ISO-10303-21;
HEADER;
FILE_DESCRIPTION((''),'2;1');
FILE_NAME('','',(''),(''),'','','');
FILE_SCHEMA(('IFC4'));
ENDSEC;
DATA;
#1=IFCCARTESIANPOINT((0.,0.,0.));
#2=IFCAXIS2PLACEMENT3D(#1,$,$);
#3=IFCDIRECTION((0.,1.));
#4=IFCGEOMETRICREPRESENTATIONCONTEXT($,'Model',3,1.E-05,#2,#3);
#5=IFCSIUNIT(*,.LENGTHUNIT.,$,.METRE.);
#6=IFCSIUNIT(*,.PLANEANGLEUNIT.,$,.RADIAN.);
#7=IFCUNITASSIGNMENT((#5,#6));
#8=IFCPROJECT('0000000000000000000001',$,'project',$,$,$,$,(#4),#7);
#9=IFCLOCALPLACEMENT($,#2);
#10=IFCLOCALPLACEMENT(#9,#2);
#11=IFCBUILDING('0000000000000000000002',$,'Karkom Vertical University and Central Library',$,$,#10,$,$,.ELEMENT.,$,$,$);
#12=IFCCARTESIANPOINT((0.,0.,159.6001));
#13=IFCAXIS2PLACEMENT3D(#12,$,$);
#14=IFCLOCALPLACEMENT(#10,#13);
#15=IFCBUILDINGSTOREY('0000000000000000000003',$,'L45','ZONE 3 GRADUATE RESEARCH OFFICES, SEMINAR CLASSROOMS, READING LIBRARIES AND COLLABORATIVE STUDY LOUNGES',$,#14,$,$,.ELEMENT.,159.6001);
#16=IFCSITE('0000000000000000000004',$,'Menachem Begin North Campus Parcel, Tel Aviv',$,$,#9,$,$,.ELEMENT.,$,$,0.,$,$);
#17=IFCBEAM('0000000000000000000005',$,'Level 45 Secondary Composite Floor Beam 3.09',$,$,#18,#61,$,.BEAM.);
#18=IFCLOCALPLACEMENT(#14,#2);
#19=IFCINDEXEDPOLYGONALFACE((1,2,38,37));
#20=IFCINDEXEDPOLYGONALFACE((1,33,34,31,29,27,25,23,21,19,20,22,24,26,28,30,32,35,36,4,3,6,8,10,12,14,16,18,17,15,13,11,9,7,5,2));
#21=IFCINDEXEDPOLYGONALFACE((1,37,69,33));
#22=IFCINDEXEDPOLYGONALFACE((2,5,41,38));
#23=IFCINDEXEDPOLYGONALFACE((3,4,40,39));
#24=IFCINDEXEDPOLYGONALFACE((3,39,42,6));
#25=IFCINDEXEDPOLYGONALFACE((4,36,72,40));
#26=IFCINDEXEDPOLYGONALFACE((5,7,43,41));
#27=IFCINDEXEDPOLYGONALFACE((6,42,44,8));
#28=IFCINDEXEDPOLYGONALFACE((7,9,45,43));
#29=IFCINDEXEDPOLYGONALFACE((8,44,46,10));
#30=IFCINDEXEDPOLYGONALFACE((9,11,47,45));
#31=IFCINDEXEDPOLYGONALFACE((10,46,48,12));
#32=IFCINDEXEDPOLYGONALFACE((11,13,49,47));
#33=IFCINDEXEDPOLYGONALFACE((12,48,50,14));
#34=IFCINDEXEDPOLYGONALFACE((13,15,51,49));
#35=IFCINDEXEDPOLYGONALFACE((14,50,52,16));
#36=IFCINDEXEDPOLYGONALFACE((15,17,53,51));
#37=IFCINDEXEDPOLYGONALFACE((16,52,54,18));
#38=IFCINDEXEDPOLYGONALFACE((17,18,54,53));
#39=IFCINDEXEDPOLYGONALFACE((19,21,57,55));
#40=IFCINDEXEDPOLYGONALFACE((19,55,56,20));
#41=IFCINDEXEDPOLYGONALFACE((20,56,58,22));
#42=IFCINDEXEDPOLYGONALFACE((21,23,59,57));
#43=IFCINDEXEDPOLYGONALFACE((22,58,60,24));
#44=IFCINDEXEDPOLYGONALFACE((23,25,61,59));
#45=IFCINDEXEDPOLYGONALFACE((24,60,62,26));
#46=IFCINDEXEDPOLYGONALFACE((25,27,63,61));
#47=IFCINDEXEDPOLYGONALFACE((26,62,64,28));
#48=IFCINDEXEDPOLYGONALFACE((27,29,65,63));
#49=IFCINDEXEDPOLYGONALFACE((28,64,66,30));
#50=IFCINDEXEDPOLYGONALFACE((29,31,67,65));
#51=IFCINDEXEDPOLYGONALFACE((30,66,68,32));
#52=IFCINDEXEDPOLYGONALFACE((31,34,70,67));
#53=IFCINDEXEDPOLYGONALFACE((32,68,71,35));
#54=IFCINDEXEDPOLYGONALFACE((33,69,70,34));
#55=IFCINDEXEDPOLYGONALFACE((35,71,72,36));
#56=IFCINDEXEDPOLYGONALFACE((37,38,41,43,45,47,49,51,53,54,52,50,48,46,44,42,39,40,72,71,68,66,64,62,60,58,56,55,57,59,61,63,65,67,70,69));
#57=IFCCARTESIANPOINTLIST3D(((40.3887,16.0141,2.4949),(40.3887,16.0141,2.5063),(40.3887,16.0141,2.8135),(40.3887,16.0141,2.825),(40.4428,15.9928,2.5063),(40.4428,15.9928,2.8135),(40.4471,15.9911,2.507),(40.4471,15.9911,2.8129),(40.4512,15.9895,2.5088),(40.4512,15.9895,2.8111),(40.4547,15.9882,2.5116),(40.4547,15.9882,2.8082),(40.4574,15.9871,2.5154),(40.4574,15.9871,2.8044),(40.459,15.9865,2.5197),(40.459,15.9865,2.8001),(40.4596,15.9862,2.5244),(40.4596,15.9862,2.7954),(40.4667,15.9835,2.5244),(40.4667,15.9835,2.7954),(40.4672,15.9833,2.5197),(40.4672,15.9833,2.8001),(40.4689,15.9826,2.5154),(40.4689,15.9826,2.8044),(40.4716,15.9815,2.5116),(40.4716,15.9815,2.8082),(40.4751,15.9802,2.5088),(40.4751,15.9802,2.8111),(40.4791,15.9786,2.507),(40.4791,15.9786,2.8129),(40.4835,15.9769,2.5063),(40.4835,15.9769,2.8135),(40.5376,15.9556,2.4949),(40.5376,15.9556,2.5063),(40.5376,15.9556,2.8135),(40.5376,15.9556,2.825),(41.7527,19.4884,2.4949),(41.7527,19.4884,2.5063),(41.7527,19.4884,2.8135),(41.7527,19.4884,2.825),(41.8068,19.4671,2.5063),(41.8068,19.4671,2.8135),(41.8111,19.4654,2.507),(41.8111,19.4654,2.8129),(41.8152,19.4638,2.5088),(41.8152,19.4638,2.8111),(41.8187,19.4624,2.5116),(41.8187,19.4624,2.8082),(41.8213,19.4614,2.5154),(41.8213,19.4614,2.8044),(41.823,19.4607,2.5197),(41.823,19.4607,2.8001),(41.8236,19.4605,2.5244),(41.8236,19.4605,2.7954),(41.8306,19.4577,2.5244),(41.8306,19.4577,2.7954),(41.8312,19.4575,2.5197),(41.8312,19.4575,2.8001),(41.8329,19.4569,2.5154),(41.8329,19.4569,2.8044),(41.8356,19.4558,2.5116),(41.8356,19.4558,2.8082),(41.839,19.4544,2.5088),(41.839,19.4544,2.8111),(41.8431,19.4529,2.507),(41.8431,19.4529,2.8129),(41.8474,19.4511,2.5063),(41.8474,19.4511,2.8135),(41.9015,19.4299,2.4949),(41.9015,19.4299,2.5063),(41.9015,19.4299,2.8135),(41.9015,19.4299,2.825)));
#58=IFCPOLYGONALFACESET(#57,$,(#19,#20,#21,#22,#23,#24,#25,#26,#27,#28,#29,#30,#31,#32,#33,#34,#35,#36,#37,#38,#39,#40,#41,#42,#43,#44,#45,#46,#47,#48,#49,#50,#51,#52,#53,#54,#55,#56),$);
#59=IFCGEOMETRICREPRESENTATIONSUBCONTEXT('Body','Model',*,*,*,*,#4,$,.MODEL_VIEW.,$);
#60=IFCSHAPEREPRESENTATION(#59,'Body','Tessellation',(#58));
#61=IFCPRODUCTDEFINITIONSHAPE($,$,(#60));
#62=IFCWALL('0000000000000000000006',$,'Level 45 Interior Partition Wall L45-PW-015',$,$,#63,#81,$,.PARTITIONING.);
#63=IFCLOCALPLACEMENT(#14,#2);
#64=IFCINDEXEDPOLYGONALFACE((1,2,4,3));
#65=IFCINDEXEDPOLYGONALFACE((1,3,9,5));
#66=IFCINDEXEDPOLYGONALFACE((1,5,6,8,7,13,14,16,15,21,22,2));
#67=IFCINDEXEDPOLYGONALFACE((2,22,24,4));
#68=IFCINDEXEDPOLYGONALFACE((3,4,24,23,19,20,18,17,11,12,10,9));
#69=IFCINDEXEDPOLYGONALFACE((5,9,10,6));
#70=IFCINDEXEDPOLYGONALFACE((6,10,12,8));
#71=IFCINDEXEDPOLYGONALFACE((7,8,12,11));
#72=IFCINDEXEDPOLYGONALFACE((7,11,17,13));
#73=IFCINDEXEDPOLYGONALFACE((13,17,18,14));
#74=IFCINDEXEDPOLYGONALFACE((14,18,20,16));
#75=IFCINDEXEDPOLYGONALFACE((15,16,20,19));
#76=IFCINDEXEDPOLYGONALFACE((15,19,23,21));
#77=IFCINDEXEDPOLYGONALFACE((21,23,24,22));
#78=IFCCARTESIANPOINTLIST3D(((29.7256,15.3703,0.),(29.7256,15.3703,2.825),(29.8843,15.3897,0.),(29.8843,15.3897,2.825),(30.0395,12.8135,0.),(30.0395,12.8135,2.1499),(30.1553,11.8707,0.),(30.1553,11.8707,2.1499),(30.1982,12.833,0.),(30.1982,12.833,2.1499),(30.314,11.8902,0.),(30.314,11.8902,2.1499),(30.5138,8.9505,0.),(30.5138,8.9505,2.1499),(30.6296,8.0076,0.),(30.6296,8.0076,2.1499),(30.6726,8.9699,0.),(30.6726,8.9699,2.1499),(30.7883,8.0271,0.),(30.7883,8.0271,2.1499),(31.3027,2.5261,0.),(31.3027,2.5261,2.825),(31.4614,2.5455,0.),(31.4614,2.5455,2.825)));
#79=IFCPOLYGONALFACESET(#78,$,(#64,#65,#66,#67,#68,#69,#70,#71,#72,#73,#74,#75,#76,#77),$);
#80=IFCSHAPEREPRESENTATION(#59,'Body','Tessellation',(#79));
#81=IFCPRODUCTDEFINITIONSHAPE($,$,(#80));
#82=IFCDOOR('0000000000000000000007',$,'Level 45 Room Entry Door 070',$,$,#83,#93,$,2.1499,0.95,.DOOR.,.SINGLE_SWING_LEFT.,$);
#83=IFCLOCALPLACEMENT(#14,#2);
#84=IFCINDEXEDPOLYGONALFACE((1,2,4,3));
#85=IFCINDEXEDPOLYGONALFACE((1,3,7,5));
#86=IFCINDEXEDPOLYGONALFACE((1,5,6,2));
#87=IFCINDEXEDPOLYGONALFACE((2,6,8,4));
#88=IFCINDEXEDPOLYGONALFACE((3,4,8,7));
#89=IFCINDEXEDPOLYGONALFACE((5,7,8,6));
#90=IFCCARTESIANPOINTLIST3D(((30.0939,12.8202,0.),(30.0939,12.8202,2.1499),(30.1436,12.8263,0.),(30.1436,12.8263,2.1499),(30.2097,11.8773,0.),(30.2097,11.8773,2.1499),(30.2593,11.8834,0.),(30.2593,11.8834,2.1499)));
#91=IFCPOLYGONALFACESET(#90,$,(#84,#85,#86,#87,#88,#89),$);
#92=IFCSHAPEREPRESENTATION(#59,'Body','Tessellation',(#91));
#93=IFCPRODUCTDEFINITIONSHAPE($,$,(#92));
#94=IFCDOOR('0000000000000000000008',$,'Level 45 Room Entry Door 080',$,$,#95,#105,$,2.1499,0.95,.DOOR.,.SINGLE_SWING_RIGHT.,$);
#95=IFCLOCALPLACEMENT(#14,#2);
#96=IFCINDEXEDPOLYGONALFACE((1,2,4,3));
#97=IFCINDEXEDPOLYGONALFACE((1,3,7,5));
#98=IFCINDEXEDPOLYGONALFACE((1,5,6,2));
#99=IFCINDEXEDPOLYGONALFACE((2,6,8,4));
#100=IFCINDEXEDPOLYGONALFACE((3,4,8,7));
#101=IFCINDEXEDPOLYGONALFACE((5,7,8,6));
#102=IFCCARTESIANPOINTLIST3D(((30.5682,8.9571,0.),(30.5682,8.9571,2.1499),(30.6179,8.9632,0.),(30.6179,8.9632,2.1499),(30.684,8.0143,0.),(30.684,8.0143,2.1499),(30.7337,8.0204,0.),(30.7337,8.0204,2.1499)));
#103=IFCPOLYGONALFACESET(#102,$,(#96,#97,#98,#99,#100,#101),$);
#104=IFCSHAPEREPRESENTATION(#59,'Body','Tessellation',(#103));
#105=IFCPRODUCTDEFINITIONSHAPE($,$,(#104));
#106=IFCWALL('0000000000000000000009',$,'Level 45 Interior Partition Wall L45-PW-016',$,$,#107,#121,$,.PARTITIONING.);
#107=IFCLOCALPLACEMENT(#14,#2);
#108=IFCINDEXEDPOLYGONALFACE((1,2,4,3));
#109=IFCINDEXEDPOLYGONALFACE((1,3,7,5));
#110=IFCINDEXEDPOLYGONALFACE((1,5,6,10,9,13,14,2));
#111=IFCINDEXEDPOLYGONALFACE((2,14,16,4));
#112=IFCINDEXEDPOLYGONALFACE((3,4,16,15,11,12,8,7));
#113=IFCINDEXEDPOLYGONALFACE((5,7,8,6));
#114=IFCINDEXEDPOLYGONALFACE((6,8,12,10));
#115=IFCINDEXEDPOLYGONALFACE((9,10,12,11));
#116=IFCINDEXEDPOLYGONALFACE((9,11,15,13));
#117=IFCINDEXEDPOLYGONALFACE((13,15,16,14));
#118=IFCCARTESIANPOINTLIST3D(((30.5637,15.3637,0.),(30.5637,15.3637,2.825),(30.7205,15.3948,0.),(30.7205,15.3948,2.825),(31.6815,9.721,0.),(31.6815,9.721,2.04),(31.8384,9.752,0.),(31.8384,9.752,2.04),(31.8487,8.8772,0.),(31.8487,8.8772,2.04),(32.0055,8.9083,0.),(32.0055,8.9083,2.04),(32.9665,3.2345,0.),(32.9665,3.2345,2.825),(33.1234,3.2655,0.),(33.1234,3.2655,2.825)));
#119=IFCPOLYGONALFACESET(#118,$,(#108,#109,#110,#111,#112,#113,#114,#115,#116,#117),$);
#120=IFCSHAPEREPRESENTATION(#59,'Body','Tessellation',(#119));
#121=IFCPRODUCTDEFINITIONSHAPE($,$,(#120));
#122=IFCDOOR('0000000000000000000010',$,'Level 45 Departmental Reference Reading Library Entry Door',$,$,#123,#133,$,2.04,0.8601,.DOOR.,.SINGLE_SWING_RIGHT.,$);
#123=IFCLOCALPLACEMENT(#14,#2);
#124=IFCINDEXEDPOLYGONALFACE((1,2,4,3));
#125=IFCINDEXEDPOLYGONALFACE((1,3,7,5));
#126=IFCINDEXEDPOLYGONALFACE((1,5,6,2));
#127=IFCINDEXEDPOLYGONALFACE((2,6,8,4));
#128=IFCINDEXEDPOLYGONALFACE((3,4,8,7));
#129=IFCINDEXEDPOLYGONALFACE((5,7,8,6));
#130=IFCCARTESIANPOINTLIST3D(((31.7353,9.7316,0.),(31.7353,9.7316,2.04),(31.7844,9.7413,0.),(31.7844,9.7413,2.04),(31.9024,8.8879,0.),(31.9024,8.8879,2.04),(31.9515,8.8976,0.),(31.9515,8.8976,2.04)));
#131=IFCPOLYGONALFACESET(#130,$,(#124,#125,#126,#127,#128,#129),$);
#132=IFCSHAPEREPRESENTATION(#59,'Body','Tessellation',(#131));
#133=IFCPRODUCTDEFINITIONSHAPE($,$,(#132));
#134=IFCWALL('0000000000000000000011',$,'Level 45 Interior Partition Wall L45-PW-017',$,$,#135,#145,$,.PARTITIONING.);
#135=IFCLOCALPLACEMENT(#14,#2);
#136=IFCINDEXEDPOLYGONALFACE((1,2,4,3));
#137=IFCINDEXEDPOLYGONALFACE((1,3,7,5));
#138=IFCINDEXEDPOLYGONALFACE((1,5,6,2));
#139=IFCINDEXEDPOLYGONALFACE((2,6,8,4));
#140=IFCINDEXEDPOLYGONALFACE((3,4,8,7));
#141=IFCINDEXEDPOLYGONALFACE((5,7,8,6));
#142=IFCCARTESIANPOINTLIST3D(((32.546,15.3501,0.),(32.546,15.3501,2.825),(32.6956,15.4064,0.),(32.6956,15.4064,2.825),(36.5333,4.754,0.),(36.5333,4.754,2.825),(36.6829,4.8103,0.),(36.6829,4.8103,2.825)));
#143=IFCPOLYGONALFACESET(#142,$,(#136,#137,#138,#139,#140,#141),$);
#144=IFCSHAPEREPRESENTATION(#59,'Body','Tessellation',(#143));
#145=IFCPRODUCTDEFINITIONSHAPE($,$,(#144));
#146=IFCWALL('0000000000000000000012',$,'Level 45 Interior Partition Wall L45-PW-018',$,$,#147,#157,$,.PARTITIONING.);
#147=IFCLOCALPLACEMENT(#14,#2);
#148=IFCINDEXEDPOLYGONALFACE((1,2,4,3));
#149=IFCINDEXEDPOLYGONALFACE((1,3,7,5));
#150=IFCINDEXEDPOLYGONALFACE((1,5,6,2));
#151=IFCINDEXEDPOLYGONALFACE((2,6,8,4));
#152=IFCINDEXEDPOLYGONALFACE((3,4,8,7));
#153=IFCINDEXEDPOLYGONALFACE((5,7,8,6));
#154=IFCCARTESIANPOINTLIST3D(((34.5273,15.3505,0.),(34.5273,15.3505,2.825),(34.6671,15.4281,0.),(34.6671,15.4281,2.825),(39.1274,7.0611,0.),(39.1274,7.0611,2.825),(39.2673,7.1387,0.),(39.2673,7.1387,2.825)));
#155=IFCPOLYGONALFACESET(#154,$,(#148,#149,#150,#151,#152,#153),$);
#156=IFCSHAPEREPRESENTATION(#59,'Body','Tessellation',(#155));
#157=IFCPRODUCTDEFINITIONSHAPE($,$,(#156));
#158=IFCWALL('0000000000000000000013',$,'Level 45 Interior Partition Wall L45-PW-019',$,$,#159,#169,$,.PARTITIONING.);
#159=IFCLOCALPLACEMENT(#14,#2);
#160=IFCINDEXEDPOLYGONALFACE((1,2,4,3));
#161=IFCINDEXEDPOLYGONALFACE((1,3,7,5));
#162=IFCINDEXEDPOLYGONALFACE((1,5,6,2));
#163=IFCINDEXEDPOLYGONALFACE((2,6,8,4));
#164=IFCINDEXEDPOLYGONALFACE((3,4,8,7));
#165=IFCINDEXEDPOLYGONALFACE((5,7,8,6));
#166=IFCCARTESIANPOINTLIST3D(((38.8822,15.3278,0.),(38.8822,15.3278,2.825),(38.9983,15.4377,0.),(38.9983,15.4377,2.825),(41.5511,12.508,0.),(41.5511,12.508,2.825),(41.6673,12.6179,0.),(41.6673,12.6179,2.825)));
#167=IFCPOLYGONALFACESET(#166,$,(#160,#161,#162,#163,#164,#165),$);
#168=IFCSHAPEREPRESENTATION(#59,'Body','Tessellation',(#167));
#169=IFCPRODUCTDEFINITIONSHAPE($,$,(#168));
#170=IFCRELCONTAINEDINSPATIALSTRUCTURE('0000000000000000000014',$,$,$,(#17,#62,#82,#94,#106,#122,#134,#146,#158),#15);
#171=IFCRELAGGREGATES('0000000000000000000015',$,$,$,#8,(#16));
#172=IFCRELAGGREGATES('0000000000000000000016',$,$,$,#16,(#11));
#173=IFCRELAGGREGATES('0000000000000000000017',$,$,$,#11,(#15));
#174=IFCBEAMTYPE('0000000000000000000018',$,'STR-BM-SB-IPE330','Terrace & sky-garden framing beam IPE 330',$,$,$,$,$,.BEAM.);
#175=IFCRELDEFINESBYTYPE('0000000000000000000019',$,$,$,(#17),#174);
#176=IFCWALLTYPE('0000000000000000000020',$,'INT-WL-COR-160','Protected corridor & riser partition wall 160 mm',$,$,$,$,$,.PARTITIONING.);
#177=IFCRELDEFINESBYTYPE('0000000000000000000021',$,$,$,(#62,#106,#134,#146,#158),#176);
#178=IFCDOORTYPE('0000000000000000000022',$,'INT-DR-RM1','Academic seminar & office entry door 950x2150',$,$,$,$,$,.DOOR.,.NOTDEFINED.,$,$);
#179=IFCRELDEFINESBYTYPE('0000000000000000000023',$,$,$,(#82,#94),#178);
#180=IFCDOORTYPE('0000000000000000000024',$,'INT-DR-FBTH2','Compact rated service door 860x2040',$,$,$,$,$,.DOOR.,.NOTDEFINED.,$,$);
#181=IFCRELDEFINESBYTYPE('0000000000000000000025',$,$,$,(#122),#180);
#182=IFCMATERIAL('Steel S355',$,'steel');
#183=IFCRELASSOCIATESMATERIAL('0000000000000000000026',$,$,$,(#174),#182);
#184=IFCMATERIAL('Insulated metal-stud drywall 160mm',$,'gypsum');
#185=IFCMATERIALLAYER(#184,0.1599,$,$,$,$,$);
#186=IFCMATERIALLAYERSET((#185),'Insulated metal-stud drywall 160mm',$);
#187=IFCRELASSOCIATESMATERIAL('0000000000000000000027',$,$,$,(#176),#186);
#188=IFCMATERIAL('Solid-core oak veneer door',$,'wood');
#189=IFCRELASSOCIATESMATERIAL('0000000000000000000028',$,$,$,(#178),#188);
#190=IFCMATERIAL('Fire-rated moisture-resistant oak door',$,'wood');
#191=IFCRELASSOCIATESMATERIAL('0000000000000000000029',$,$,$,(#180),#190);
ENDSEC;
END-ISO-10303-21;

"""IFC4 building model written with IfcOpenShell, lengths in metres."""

from ifc_helpers import new_model, si_unit, direction, frame, frame_2d, origin, origin_with_axes, origin_2d, place, context, subcontext, project, spatial, rectangle, i_section, extrude, source, transform, mapped, material, layer, layer_set, material_profile, profile_set, type_object, element, fill, save


model = new_model("IFC4")

# Units and contexts
model_context = context("Model", 3, precision=1e-05, world=origin(), true_north=direction((0.0, 1.0)))
body_context = subcontext(model_context, "Body", "Model", "MODEL_VIEW")
ifc_project = project(units=[si_unit("LENGTHUNIT", "METRE"), si_unit("PLANEANGLEUNIT", "RADIAN")], contexts=[model_context])

# Site, building, storey
site_placement = place(None, origin())
site = spatial("IfcSite", under=ifc_project, at=site_placement, Name="Menachem Begin North Campus Parcel, Tel Aviv", CompositionType="ELEMENT", RefElevation=0.0)
building_placement = place(site_placement, origin())
building = spatial("IfcBuilding", under=site, at=building_placement, Name="Karkom Vertical University and Central Library", CompositionType="ELEMENT")
storey_placement = place(building_placement, frame((0.0, 0.0, 159.6001)))
storey = spatial("IfcBuildingStorey", under=building, at=storey_placement, Name="L45", Description="ZONE 3 GRADUATE RESEARCH OFFICES, SEMINAR CLASSROOMS, READING LIBRARIES AND COLLABORATIVE STUDY LOUNGES", CompositionType="ELEMENT", Elevation=159.6001)

# Beam
ifc_material_1 = material(Name="Steel S355", Category="steel")
ifc_material_profile_1 = material_profile(ifc_material_1, i_section(OverallWidth=0.1599, OverallDepth=0.3301, WebThickness=0.0076, FlangeThickness=0.0115, FilletRadius=0.0181, at=origin_2d()), Name="IPE 330")
ifc_profile_set_1 = profile_set([ifc_material_profile_1], Name="Steel S355")
beam_type_1 = type_object("IfcBeamType", Name="STR-BM-SB-IPE330", Description="Terrace & sky-garden framing beam IPE 330", PredefinedType="BEAM", material=ifc_profile_set_1)
shared_shape_1 = source(origin_with_axes(), body_context, "Body", "SweptSolid", [
    extrude(i_section(OverallWidth=0.1599, OverallDepth=0.3301, WebThickness=0.0076, FlangeThickness=0.0115, FilletRadius=0.0181, at=origin_2d()), origin(), (0.0, 0.0, 1.0), 3.7324),
])
beam_1_placement = place(storey_placement, frame((40.4631, 15.9849, 2.6599), z_axis=(0.36544, 0.930835, 0.0), x_axis=(-0.930835, 0.36544, 0.0)))
element("IfcBeam", 1, at=beam_1_placement, inside=storey, type_object=beam_type_1, Name="Level 45 Secondary Composite Floor Beam 3.09", PredefinedType="BEAM", context=body_context, shape_type="MappedRepresentation", body=[
    mapped(shared_shape_1, transform((0.0, 0.0, 0.0), scale=1.0)),
])

# Wall, openings, doors
ifc_material_2 = material(Name="Insulated metal-stud drywall 160mm", Category="gypsum")
ifc_layer_1 = layer(ifc_material_2, 0.1599)
ifc_layer_set_1 = layer_set([ifc_layer_1], Name="Insulated metal-stud drywall 160mm")
wall_type_1 = type_object("IfcWallType", Name="INT-WL-COR-160", Description="Protected corridor & riser partition wall 160 mm", PredefinedType="PARTITIONING", material=ifc_layer_set_1)
wall_1_placement = place(storey_placement, frame((29.8049, 15.3799, 0.0), z_axis=(0.0, 0.0, 1.0), x_axis=(0.121875, -0.992545, 0.0)))
wall_1 = element("IfcWall", 2, at=wall_1_placement, inside=storey, type_object=wall_type_1, Name="Level 45 Interior Partition Wall L45-PW-015", PredefinedType="PARTITIONING", context=body_context, shape_type="SweptSolid", body=[
    extrude(rectangle(XDim=12.9407, YDim=0.1599, at=frame_2d((6.4702, 0.0))), origin(), (0.0, 0.0, 1.0), 2.825),
])
opening_1_placement = place(wall_1_placement, frame((2.5757, 0.0, 0.0)))
opening_1 = element("IfcOpeningElement", 3, at=opening_1_placement, cuts=wall_1, PredefinedType="OPENING", context=body_context, shape_type="SweptSolid", body=[
    extrude(rectangle(XDim=0.95, YDim=2.1499, at=frame_2d((0.4751, 1.075))), frame((0.0, 0.0898, 0.0), z_axis=(0.0, -1.0, 0.0), x_axis=(1.0, 0.0, 0.0)), (0.0, 0.0, 1.0), 0.1799),
])
opening_2_placement = place(wall_1_placement, frame((6.4678, 0.0, 0.0)))
opening_2 = element("IfcOpeningElement", 4, at=opening_2_placement, cuts=wall_1, PredefinedType="OPENING", context=body_context, shape_type="SweptSolid", body=[
    extrude(rectangle(XDim=0.95, YDim=2.1499, at=frame_2d((0.4751, 1.075))), frame((0.0, 0.0898, 0.0), z_axis=(0.0, -1.0, 0.0), x_axis=(1.0, 0.0, 0.0)), (0.0, 0.0, 1.0), 0.1799),
])
ifc_material_3 = material(Name="Solid-core oak veneer door", Category="wood")
door_type_1 = type_object("IfcDoorType", Name="INT-DR-RM1", Description="Academic seminar & office entry door 950x2150", OperationType="NOTDEFINED", PredefinedType="DOOR", material=ifc_material_3)
shared_shape_2 = source(origin_with_axes(), body_context, "Body", "SweptSolid", [
    extrude(rectangle(XDim=0.95, YDim=2.1499, at=frame_2d((0.4751, 1.075))), frame((0.0, 0.0249, 0.0), z_axis=(0.0, -1.0, 0.0), x_axis=(1.0, 0.0, 0.0)), (0.0, 0.0, 1.0), 0.05),
])
door_1_placement = place(opening_1_placement, origin())
door_1 = element("IfcDoor", 5, at=door_1_placement, inside=storey, type_object=door_type_1, Name="Level 45 Room Entry Door 070", OperationType="SINGLE_SWING_LEFT", OverallHeight=2.1499, OverallWidth=0.95, PredefinedType="DOOR", context=body_context, shape_type="MappedRepresentation", body=[
    mapped(shared_shape_2, transform((0.0, 0.0, 0.0), scale=1.0)),
])
fill(opening_1, door_1)
door_2_placement = place(opening_2_placement, origin())
door_2 = element("IfcDoor", 6, at=door_2_placement, inside=storey, type_object=door_type_1, Name="Level 45 Room Entry Door 080", OperationType="SINGLE_SWING_RIGHT", OverallHeight=2.1499, OverallWidth=0.95, PredefinedType="DOOR", context=body_context, shape_type="MappedRepresentation", body=[
    mapped(shared_shape_2, transform((0.0, 0.0, 0.0), scale=1.0)),
])
fill(opening_2, door_2)

# Wall, opening, door
wall_2_placement = place(storey_placement, frame((30.6421, 15.3794, 0.0), z_axis=(0.0, 0.0, 1.0), x_axis=(0.194324, -0.980937, 0.0)))
wall_2 = element("IfcWall", 7, at=wall_2_placement, inside=storey, type_object=wall_type_1, Name="Level 45 Interior Partition Wall L45-PW-016", PredefinedType="PARTITIONING", context=body_context, shape_type="SweptSolid", body=[
    extrude(rectangle(XDim=12.365, YDim=0.1599, at=frame_2d((6.1826, 0.0))), origin(), (0.0, 0.0, 1.0), 2.825),
])
opening_3_placement = place(wall_2_placement, frame((5.7524, 0.0, 0.0)))
opening_3 = element("IfcOpeningElement", 8, at=opening_3_placement, cuts=wall_2, PredefinedType="OPENING", context=body_context, shape_type="SweptSolid", body=[
    extrude(rectangle(XDim=0.8601, YDim=2.04, at=frame_2d((0.4302, 1.02))), frame((0.0, 0.0898, 0.0), z_axis=(0.0, -1.0, 0.0), x_axis=(1.0, 0.0, 0.0)), (0.0, 0.0, 1.0), 0.1799),
])
ifc_material_4 = material(Name="Fire-rated moisture-resistant oak door", Category="wood")
door_type_2 = type_object("IfcDoorType", Name="INT-DR-FBTH2", Description="Compact rated service door 860x2040", OperationType="NOTDEFINED", PredefinedType="DOOR", material=ifc_material_4)
shared_shape_3 = source(origin_with_axes(), body_context, "Body", "SweptSolid", [
    extrude(rectangle(XDim=0.8601, YDim=2.04, at=frame_2d((0.4302, 1.02))), frame((0.0, 0.0249, 0.0), z_axis=(0.0, -1.0, 0.0), x_axis=(1.0, 0.0, 0.0)), (0.0, 0.0, 1.0), 0.05),
])
door_3_placement = place(opening_3_placement, origin())
door_3 = element("IfcDoor", 9, at=door_3_placement, inside=storey, type_object=door_type_2, Name="Level 45 Departmental Reference Reading Library Entry Door", OperationType="SINGLE_SWING_RIGHT", OverallHeight=2.04, OverallWidth=0.8601, PredefinedType="DOOR", context=body_context, shape_type="MappedRepresentation", body=[
    mapped(shared_shape_3, transform((0.0, 0.0, 0.0), scale=1.0)),
])
fill(opening_3, door_3)

# Walls
wall_3_placement = place(storey_placement, frame((32.6208, 15.3782, 0.0), z_axis=(0.0, 0.0, 1.0), x_axis=(0.352187, -0.93593, 0.0)))
element("IfcWall", 10, at=wall_3_placement, inside=storey, type_object=wall_type_1, Name="Level 45 Interior Partition Wall L45-PW-017", PredefinedType="PARTITIONING", context=body_context, shape_type="SweptSolid", body=[
    extrude(rectangle(XDim=11.3215, YDim=0.1599, at=frame_2d((5.6606, 0.0))), origin(), (0.0, 0.0, 1.0), 2.825),
])
wall_4_placement = place(storey_placement, frame((34.5972, 15.3894, 0.0), z_axis=(0.0, 0.0, 1.0), x_axis=(0.485234, -0.874384, 0.0)))
element("IfcWall", 11, at=wall_4_placement, inside=storey, type_object=wall_type_1, Name="Level 45 Interior Partition Wall L45-PW-018", PredefinedType="PARTITIONING", context=body_context, shape_type="SweptSolid", body=[
    extrude(rectangle(XDim=9.4802, YDim=0.1599, at=frame_2d((4.7402, 0.0))), origin(), (0.0, 0.0, 1.0), 2.825),
])
wall_5_placement = place(storey_placement, frame((38.9402, 15.3828, 0.0), z_axis=(0.0, 0.0, 1.0), x_axis=(0.68741, -0.72627, 0.0)))
element("IfcWall", 12, at=wall_5_placement, inside=storey, type_object=wall_type_1, Name="Level 45 Interior Partition Wall L45-PW-019", PredefinedType="PARTITIONING", context=body_context, shape_type="SweptSolid", body=[
    extrude(rectangle(XDim=3.8826, YDim=0.1599, at=frame_2d((1.9414, 0.0))), origin(), (0.0, 0.0, 1.0), 2.825),
])

save(model, "model.ifc")
